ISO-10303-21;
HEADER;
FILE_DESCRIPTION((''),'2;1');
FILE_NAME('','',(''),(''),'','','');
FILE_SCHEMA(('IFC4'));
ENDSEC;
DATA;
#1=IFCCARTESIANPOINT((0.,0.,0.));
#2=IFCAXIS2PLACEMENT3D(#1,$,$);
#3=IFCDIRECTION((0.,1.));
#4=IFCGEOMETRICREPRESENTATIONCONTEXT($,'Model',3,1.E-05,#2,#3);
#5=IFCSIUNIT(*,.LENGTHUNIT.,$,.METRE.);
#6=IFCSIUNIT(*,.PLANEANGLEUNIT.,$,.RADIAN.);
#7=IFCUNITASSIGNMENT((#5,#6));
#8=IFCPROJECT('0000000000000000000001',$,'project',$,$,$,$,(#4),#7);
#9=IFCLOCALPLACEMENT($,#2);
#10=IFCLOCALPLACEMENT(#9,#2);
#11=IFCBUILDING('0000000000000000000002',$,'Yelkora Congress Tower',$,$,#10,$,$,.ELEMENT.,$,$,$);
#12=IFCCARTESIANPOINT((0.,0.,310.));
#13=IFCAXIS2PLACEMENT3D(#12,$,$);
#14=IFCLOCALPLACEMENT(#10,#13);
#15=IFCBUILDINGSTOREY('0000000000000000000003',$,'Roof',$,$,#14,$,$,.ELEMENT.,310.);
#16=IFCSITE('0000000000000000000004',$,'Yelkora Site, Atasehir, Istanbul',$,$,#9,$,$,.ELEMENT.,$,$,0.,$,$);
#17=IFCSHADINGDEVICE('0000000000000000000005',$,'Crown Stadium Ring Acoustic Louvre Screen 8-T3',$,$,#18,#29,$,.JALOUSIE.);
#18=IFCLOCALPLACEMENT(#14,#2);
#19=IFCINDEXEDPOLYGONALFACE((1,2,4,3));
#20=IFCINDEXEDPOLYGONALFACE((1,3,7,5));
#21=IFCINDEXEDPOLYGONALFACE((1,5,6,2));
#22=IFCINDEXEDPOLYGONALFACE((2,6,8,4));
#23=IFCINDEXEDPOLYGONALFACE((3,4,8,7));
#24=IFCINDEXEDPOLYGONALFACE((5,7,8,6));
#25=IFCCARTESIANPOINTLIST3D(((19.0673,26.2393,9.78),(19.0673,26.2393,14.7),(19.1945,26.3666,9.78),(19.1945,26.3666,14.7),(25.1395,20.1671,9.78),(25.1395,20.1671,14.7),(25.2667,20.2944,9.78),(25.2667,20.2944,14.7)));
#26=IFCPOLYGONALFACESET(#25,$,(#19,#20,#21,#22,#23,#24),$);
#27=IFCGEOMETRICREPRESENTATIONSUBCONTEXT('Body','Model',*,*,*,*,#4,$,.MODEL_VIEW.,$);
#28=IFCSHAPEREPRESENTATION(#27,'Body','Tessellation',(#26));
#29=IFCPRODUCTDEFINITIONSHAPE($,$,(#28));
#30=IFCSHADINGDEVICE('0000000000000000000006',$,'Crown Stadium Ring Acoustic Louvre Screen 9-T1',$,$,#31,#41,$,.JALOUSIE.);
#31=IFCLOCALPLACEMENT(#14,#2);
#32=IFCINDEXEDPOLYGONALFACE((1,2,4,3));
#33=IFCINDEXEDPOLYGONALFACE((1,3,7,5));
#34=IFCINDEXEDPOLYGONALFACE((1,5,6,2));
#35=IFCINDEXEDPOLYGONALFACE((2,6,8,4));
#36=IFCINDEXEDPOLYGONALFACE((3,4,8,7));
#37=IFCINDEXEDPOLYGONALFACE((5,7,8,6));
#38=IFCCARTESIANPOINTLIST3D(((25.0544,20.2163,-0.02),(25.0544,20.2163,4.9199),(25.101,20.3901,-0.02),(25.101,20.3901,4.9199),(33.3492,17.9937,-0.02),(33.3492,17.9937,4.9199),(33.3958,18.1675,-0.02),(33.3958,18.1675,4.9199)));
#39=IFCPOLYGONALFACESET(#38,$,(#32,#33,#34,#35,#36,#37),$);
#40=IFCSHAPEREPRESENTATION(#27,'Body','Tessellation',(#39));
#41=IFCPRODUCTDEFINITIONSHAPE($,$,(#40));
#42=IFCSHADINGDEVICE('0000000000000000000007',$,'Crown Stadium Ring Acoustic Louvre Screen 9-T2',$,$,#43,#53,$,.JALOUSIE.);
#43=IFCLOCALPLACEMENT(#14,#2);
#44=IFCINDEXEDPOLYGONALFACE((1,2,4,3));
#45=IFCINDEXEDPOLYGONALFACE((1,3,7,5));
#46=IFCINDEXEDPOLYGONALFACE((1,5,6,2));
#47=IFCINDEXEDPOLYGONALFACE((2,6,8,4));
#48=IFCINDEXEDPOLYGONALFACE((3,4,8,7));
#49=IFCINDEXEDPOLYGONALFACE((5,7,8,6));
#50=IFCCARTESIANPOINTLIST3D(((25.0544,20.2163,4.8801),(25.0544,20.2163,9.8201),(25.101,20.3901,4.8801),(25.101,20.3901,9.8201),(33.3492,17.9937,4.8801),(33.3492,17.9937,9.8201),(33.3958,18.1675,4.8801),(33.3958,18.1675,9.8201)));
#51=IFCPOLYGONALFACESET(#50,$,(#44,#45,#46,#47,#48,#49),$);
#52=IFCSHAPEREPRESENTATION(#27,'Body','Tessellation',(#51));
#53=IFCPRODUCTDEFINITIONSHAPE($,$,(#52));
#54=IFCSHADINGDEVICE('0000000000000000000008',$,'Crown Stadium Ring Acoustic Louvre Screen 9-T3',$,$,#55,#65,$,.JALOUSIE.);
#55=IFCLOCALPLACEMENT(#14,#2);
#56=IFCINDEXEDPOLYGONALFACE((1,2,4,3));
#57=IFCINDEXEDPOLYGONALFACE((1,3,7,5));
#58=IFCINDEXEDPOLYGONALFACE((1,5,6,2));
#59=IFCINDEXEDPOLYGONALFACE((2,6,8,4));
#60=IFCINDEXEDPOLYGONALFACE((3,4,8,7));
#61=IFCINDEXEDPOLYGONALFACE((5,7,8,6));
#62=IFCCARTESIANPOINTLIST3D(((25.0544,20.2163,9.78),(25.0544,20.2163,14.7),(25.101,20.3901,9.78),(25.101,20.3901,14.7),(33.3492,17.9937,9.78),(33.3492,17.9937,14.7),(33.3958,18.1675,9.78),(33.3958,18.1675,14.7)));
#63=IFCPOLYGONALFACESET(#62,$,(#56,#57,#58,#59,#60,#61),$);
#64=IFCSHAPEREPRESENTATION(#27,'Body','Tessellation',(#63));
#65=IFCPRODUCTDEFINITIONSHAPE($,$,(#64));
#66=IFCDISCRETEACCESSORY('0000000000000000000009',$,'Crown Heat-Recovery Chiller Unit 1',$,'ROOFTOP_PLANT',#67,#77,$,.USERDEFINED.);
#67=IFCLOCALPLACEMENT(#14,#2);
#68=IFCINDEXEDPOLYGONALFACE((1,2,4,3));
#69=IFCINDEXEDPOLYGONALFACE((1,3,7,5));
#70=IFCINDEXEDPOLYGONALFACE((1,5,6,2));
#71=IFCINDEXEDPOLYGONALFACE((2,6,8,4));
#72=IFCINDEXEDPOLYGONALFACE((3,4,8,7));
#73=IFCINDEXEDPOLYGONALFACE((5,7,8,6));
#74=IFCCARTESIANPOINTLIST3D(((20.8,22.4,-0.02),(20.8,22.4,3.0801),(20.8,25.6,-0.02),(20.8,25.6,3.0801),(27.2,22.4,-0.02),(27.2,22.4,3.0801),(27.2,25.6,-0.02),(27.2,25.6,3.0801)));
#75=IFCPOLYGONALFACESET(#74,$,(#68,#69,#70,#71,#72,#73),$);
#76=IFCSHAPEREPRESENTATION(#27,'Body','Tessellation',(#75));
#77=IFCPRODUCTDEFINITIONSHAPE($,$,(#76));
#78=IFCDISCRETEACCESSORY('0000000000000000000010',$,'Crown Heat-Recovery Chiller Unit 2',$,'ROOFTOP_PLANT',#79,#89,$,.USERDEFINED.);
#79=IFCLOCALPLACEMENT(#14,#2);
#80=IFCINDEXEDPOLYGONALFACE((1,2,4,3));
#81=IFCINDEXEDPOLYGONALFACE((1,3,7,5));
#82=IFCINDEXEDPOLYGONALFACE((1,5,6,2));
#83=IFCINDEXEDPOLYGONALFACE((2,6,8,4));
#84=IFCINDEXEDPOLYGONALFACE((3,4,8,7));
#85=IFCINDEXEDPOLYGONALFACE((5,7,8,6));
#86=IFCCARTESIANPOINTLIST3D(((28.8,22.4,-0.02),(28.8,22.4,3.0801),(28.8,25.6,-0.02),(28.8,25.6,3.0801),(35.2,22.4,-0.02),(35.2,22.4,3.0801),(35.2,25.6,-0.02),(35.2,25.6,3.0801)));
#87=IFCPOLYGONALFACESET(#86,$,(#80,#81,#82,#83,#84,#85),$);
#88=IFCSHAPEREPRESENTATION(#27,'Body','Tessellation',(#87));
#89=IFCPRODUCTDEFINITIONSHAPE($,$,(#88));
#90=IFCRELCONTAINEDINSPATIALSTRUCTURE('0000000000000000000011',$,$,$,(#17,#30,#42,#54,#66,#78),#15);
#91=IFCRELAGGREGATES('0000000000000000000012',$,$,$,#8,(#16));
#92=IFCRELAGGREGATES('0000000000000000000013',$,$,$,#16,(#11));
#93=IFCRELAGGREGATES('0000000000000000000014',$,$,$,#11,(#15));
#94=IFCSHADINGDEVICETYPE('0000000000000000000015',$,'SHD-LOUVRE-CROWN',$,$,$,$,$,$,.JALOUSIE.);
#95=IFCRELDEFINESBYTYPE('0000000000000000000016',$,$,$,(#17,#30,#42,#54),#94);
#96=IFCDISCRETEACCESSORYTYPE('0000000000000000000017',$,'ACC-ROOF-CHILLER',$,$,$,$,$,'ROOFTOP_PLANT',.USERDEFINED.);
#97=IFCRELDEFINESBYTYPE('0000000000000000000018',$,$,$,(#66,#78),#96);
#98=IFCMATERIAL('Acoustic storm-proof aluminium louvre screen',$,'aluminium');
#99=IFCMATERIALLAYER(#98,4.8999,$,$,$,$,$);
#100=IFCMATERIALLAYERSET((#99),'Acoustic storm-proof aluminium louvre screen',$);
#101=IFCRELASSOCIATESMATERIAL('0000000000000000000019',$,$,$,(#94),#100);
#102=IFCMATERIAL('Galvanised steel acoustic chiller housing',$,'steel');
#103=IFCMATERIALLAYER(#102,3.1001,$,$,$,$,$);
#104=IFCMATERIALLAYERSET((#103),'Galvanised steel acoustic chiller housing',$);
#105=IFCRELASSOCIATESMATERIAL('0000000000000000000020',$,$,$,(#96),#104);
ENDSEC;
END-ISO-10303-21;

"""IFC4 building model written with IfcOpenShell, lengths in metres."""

from ifc_helpers import new_model, si_unit, direction, frame, origin, origin_2d, place, context, subcontext, project, spatial, rectangle, extrude, material, layer, layer_set, type_object, element, save


model = new_model("IFC4")

# Units and contexts
model_context = context("Model", 3, precision=1e-05, world=origin(), true_north=direction((0.0, 1.0)))
body_context = subcontext(model_context, "Body", "Model", "MODEL_VIEW")
ifc_project = project(units=[si_unit("LENGTHUNIT", "METRE"), si_unit("PLANEANGLEUNIT", "RADIAN")], contexts=[model_context])

# Site, building, storey
site_placement = place(None, origin())
site = spatial("IfcSite", under=ifc_project, at=site_placement, Name="Yelkora Site, Atasehir, Istanbul", CompositionType="ELEMENT", RefElevation=0.0)
building_placement = place(site_placement, origin())
building = spatial("IfcBuilding", under=site, at=building_placement, Name="Yelkora Congress Tower", CompositionType="ELEMENT")
storey_placement = place(building_placement, frame((0.0, 0.0, 310.0)))
storey = spatial("IfcBuildingStorey", under=building, at=storey_placement, Name="Roof", CompositionType="ELEMENT", Elevation=310.0)

# Shading devices
ifc_material_1 = material(Name="Acoustic storm-proof aluminium louvre screen", Category="aluminium")
ifc_layer_1 = layer(ifc_material_1, 4.8999)
ifc_layer_set_1 = layer_set([ifc_layer_1], Name="Acoustic storm-proof aluminium louvre screen")
shading_device_type = type_object("IfcShadingDeviceType", Name="SHD-LOUVRE-CROWN", PredefinedType="JALOUSIE", material=ifc_layer_set_1)
shading_device_1_placement = place(storey_placement, frame((22.167, 23.2668, 9.78), z_axis=(0.0, 0.0, 1.0), x_axis=(0.707107, -0.707107, 0.0)))
element("IfcShadingDevice", 1, at=shading_device_1_placement, inside=storey, type_object=shading_device_type, Name="Crown Stadium Ring Acoustic Louvre Screen 8-T3", PredefinedType="JALOUSIE", context=body_context, shape_type="SweptSolid", body=[
    extrude(rectangle(XDim=8.5874, YDim=0.1799, at=origin_2d()), origin(), (0.0, 0.0, 1.0), 4.9199),
])
for number, where, z_axis, x_axis, name in (
    (2, (29.2251, 19.1919, -0.02), (0.0, 0.0, 1.0), (0.965926, -0.258819, 0.0), "Crown Stadium Ring Acoustic Louvre Screen 9-T1"),
    (3, (29.2251, 19.1919, 4.8801), (0.0, 0.0, 1.0), (0.965926, -0.258819, 0.0), "Crown Stadium Ring Acoustic Louvre Screen 9-T2"),
):
    element("IfcShadingDevice", number, at=place(storey_placement, frame(where, z_axis=z_axis, x_axis=x_axis)), inside=storey, type_object=shading_device_type, Name=name, PredefinedType="JALOUSIE", context=body_context, shape_type="SweptSolid", body=[
        extrude(rectangle(XDim=8.5874, YDim=0.1799, at=origin_2d()), origin(), (0.0, 0.0, 1.0), 4.9399),
    ])
shading_device_2_placement = place(storey_placement, frame((29.2251, 19.1919, 9.78), z_axis=(0.0, 0.0, 1.0), x_axis=(0.965926, -0.258819, 0.0)))
element("IfcShadingDevice", 4, at=shading_device_2_placement, inside=storey, type_object=shading_device_type, Name="Crown Stadium Ring Acoustic Louvre Screen 9-T3", PredefinedType="JALOUSIE", context=body_context, shape_type="SweptSolid", body=[
    extrude(rectangle(XDim=8.5874, YDim=0.1799, at=origin_2d()), origin(), (0.0, 0.0, 1.0), 4.9199),
])

# Discrete accessories
ifc_material_2 = material(Name="Galvanised steel acoustic chiller housing", Category="steel")
ifc_layer_2 = layer(ifc_material_2, 3.1001)
ifc_layer_set_2 = layer_set([ifc_layer_2], Name="Galvanised steel acoustic chiller housing")
discrete_accessory_type = type_object("IfcDiscreteAccessoryType", Name="ACC-ROOF-CHILLER", ElementType="ROOFTOP_PLANT", PredefinedType="USERDEFINED", material=ifc_layer_set_2)
for number, where, z_axis, x_axis, name in (
    (5, (24.0, 24.0, -0.02), (0.0, 0.0, 1.0), (1.0, 0.0, 0.0), "Crown Heat-Recovery Chiller Unit 1"),
    (6, (32.0, 24.0, -0.02), (0.0, 0.0, 1.0), (1.0, 0.0, 0.0), "Crown Heat-Recovery Chiller Unit 2"),
):
    element("IfcDiscreteAccessory", number, at=place(storey_placement, frame(where, z_axis=z_axis, x_axis=x_axis)), inside=storey, type_object=discrete_accessory_type, Name=name, ObjectType="ROOFTOP_PLANT", PredefinedType="USERDEFINED", context=body_context, shape_type="SweptSolid", body=[
        extrude(rectangle(XDim=6.3999, YDim=3.2, at=origin_2d()), origin(), (0.0, 0.0, 1.0), 3.1001),
    ])

save(model, "model.ifc")
